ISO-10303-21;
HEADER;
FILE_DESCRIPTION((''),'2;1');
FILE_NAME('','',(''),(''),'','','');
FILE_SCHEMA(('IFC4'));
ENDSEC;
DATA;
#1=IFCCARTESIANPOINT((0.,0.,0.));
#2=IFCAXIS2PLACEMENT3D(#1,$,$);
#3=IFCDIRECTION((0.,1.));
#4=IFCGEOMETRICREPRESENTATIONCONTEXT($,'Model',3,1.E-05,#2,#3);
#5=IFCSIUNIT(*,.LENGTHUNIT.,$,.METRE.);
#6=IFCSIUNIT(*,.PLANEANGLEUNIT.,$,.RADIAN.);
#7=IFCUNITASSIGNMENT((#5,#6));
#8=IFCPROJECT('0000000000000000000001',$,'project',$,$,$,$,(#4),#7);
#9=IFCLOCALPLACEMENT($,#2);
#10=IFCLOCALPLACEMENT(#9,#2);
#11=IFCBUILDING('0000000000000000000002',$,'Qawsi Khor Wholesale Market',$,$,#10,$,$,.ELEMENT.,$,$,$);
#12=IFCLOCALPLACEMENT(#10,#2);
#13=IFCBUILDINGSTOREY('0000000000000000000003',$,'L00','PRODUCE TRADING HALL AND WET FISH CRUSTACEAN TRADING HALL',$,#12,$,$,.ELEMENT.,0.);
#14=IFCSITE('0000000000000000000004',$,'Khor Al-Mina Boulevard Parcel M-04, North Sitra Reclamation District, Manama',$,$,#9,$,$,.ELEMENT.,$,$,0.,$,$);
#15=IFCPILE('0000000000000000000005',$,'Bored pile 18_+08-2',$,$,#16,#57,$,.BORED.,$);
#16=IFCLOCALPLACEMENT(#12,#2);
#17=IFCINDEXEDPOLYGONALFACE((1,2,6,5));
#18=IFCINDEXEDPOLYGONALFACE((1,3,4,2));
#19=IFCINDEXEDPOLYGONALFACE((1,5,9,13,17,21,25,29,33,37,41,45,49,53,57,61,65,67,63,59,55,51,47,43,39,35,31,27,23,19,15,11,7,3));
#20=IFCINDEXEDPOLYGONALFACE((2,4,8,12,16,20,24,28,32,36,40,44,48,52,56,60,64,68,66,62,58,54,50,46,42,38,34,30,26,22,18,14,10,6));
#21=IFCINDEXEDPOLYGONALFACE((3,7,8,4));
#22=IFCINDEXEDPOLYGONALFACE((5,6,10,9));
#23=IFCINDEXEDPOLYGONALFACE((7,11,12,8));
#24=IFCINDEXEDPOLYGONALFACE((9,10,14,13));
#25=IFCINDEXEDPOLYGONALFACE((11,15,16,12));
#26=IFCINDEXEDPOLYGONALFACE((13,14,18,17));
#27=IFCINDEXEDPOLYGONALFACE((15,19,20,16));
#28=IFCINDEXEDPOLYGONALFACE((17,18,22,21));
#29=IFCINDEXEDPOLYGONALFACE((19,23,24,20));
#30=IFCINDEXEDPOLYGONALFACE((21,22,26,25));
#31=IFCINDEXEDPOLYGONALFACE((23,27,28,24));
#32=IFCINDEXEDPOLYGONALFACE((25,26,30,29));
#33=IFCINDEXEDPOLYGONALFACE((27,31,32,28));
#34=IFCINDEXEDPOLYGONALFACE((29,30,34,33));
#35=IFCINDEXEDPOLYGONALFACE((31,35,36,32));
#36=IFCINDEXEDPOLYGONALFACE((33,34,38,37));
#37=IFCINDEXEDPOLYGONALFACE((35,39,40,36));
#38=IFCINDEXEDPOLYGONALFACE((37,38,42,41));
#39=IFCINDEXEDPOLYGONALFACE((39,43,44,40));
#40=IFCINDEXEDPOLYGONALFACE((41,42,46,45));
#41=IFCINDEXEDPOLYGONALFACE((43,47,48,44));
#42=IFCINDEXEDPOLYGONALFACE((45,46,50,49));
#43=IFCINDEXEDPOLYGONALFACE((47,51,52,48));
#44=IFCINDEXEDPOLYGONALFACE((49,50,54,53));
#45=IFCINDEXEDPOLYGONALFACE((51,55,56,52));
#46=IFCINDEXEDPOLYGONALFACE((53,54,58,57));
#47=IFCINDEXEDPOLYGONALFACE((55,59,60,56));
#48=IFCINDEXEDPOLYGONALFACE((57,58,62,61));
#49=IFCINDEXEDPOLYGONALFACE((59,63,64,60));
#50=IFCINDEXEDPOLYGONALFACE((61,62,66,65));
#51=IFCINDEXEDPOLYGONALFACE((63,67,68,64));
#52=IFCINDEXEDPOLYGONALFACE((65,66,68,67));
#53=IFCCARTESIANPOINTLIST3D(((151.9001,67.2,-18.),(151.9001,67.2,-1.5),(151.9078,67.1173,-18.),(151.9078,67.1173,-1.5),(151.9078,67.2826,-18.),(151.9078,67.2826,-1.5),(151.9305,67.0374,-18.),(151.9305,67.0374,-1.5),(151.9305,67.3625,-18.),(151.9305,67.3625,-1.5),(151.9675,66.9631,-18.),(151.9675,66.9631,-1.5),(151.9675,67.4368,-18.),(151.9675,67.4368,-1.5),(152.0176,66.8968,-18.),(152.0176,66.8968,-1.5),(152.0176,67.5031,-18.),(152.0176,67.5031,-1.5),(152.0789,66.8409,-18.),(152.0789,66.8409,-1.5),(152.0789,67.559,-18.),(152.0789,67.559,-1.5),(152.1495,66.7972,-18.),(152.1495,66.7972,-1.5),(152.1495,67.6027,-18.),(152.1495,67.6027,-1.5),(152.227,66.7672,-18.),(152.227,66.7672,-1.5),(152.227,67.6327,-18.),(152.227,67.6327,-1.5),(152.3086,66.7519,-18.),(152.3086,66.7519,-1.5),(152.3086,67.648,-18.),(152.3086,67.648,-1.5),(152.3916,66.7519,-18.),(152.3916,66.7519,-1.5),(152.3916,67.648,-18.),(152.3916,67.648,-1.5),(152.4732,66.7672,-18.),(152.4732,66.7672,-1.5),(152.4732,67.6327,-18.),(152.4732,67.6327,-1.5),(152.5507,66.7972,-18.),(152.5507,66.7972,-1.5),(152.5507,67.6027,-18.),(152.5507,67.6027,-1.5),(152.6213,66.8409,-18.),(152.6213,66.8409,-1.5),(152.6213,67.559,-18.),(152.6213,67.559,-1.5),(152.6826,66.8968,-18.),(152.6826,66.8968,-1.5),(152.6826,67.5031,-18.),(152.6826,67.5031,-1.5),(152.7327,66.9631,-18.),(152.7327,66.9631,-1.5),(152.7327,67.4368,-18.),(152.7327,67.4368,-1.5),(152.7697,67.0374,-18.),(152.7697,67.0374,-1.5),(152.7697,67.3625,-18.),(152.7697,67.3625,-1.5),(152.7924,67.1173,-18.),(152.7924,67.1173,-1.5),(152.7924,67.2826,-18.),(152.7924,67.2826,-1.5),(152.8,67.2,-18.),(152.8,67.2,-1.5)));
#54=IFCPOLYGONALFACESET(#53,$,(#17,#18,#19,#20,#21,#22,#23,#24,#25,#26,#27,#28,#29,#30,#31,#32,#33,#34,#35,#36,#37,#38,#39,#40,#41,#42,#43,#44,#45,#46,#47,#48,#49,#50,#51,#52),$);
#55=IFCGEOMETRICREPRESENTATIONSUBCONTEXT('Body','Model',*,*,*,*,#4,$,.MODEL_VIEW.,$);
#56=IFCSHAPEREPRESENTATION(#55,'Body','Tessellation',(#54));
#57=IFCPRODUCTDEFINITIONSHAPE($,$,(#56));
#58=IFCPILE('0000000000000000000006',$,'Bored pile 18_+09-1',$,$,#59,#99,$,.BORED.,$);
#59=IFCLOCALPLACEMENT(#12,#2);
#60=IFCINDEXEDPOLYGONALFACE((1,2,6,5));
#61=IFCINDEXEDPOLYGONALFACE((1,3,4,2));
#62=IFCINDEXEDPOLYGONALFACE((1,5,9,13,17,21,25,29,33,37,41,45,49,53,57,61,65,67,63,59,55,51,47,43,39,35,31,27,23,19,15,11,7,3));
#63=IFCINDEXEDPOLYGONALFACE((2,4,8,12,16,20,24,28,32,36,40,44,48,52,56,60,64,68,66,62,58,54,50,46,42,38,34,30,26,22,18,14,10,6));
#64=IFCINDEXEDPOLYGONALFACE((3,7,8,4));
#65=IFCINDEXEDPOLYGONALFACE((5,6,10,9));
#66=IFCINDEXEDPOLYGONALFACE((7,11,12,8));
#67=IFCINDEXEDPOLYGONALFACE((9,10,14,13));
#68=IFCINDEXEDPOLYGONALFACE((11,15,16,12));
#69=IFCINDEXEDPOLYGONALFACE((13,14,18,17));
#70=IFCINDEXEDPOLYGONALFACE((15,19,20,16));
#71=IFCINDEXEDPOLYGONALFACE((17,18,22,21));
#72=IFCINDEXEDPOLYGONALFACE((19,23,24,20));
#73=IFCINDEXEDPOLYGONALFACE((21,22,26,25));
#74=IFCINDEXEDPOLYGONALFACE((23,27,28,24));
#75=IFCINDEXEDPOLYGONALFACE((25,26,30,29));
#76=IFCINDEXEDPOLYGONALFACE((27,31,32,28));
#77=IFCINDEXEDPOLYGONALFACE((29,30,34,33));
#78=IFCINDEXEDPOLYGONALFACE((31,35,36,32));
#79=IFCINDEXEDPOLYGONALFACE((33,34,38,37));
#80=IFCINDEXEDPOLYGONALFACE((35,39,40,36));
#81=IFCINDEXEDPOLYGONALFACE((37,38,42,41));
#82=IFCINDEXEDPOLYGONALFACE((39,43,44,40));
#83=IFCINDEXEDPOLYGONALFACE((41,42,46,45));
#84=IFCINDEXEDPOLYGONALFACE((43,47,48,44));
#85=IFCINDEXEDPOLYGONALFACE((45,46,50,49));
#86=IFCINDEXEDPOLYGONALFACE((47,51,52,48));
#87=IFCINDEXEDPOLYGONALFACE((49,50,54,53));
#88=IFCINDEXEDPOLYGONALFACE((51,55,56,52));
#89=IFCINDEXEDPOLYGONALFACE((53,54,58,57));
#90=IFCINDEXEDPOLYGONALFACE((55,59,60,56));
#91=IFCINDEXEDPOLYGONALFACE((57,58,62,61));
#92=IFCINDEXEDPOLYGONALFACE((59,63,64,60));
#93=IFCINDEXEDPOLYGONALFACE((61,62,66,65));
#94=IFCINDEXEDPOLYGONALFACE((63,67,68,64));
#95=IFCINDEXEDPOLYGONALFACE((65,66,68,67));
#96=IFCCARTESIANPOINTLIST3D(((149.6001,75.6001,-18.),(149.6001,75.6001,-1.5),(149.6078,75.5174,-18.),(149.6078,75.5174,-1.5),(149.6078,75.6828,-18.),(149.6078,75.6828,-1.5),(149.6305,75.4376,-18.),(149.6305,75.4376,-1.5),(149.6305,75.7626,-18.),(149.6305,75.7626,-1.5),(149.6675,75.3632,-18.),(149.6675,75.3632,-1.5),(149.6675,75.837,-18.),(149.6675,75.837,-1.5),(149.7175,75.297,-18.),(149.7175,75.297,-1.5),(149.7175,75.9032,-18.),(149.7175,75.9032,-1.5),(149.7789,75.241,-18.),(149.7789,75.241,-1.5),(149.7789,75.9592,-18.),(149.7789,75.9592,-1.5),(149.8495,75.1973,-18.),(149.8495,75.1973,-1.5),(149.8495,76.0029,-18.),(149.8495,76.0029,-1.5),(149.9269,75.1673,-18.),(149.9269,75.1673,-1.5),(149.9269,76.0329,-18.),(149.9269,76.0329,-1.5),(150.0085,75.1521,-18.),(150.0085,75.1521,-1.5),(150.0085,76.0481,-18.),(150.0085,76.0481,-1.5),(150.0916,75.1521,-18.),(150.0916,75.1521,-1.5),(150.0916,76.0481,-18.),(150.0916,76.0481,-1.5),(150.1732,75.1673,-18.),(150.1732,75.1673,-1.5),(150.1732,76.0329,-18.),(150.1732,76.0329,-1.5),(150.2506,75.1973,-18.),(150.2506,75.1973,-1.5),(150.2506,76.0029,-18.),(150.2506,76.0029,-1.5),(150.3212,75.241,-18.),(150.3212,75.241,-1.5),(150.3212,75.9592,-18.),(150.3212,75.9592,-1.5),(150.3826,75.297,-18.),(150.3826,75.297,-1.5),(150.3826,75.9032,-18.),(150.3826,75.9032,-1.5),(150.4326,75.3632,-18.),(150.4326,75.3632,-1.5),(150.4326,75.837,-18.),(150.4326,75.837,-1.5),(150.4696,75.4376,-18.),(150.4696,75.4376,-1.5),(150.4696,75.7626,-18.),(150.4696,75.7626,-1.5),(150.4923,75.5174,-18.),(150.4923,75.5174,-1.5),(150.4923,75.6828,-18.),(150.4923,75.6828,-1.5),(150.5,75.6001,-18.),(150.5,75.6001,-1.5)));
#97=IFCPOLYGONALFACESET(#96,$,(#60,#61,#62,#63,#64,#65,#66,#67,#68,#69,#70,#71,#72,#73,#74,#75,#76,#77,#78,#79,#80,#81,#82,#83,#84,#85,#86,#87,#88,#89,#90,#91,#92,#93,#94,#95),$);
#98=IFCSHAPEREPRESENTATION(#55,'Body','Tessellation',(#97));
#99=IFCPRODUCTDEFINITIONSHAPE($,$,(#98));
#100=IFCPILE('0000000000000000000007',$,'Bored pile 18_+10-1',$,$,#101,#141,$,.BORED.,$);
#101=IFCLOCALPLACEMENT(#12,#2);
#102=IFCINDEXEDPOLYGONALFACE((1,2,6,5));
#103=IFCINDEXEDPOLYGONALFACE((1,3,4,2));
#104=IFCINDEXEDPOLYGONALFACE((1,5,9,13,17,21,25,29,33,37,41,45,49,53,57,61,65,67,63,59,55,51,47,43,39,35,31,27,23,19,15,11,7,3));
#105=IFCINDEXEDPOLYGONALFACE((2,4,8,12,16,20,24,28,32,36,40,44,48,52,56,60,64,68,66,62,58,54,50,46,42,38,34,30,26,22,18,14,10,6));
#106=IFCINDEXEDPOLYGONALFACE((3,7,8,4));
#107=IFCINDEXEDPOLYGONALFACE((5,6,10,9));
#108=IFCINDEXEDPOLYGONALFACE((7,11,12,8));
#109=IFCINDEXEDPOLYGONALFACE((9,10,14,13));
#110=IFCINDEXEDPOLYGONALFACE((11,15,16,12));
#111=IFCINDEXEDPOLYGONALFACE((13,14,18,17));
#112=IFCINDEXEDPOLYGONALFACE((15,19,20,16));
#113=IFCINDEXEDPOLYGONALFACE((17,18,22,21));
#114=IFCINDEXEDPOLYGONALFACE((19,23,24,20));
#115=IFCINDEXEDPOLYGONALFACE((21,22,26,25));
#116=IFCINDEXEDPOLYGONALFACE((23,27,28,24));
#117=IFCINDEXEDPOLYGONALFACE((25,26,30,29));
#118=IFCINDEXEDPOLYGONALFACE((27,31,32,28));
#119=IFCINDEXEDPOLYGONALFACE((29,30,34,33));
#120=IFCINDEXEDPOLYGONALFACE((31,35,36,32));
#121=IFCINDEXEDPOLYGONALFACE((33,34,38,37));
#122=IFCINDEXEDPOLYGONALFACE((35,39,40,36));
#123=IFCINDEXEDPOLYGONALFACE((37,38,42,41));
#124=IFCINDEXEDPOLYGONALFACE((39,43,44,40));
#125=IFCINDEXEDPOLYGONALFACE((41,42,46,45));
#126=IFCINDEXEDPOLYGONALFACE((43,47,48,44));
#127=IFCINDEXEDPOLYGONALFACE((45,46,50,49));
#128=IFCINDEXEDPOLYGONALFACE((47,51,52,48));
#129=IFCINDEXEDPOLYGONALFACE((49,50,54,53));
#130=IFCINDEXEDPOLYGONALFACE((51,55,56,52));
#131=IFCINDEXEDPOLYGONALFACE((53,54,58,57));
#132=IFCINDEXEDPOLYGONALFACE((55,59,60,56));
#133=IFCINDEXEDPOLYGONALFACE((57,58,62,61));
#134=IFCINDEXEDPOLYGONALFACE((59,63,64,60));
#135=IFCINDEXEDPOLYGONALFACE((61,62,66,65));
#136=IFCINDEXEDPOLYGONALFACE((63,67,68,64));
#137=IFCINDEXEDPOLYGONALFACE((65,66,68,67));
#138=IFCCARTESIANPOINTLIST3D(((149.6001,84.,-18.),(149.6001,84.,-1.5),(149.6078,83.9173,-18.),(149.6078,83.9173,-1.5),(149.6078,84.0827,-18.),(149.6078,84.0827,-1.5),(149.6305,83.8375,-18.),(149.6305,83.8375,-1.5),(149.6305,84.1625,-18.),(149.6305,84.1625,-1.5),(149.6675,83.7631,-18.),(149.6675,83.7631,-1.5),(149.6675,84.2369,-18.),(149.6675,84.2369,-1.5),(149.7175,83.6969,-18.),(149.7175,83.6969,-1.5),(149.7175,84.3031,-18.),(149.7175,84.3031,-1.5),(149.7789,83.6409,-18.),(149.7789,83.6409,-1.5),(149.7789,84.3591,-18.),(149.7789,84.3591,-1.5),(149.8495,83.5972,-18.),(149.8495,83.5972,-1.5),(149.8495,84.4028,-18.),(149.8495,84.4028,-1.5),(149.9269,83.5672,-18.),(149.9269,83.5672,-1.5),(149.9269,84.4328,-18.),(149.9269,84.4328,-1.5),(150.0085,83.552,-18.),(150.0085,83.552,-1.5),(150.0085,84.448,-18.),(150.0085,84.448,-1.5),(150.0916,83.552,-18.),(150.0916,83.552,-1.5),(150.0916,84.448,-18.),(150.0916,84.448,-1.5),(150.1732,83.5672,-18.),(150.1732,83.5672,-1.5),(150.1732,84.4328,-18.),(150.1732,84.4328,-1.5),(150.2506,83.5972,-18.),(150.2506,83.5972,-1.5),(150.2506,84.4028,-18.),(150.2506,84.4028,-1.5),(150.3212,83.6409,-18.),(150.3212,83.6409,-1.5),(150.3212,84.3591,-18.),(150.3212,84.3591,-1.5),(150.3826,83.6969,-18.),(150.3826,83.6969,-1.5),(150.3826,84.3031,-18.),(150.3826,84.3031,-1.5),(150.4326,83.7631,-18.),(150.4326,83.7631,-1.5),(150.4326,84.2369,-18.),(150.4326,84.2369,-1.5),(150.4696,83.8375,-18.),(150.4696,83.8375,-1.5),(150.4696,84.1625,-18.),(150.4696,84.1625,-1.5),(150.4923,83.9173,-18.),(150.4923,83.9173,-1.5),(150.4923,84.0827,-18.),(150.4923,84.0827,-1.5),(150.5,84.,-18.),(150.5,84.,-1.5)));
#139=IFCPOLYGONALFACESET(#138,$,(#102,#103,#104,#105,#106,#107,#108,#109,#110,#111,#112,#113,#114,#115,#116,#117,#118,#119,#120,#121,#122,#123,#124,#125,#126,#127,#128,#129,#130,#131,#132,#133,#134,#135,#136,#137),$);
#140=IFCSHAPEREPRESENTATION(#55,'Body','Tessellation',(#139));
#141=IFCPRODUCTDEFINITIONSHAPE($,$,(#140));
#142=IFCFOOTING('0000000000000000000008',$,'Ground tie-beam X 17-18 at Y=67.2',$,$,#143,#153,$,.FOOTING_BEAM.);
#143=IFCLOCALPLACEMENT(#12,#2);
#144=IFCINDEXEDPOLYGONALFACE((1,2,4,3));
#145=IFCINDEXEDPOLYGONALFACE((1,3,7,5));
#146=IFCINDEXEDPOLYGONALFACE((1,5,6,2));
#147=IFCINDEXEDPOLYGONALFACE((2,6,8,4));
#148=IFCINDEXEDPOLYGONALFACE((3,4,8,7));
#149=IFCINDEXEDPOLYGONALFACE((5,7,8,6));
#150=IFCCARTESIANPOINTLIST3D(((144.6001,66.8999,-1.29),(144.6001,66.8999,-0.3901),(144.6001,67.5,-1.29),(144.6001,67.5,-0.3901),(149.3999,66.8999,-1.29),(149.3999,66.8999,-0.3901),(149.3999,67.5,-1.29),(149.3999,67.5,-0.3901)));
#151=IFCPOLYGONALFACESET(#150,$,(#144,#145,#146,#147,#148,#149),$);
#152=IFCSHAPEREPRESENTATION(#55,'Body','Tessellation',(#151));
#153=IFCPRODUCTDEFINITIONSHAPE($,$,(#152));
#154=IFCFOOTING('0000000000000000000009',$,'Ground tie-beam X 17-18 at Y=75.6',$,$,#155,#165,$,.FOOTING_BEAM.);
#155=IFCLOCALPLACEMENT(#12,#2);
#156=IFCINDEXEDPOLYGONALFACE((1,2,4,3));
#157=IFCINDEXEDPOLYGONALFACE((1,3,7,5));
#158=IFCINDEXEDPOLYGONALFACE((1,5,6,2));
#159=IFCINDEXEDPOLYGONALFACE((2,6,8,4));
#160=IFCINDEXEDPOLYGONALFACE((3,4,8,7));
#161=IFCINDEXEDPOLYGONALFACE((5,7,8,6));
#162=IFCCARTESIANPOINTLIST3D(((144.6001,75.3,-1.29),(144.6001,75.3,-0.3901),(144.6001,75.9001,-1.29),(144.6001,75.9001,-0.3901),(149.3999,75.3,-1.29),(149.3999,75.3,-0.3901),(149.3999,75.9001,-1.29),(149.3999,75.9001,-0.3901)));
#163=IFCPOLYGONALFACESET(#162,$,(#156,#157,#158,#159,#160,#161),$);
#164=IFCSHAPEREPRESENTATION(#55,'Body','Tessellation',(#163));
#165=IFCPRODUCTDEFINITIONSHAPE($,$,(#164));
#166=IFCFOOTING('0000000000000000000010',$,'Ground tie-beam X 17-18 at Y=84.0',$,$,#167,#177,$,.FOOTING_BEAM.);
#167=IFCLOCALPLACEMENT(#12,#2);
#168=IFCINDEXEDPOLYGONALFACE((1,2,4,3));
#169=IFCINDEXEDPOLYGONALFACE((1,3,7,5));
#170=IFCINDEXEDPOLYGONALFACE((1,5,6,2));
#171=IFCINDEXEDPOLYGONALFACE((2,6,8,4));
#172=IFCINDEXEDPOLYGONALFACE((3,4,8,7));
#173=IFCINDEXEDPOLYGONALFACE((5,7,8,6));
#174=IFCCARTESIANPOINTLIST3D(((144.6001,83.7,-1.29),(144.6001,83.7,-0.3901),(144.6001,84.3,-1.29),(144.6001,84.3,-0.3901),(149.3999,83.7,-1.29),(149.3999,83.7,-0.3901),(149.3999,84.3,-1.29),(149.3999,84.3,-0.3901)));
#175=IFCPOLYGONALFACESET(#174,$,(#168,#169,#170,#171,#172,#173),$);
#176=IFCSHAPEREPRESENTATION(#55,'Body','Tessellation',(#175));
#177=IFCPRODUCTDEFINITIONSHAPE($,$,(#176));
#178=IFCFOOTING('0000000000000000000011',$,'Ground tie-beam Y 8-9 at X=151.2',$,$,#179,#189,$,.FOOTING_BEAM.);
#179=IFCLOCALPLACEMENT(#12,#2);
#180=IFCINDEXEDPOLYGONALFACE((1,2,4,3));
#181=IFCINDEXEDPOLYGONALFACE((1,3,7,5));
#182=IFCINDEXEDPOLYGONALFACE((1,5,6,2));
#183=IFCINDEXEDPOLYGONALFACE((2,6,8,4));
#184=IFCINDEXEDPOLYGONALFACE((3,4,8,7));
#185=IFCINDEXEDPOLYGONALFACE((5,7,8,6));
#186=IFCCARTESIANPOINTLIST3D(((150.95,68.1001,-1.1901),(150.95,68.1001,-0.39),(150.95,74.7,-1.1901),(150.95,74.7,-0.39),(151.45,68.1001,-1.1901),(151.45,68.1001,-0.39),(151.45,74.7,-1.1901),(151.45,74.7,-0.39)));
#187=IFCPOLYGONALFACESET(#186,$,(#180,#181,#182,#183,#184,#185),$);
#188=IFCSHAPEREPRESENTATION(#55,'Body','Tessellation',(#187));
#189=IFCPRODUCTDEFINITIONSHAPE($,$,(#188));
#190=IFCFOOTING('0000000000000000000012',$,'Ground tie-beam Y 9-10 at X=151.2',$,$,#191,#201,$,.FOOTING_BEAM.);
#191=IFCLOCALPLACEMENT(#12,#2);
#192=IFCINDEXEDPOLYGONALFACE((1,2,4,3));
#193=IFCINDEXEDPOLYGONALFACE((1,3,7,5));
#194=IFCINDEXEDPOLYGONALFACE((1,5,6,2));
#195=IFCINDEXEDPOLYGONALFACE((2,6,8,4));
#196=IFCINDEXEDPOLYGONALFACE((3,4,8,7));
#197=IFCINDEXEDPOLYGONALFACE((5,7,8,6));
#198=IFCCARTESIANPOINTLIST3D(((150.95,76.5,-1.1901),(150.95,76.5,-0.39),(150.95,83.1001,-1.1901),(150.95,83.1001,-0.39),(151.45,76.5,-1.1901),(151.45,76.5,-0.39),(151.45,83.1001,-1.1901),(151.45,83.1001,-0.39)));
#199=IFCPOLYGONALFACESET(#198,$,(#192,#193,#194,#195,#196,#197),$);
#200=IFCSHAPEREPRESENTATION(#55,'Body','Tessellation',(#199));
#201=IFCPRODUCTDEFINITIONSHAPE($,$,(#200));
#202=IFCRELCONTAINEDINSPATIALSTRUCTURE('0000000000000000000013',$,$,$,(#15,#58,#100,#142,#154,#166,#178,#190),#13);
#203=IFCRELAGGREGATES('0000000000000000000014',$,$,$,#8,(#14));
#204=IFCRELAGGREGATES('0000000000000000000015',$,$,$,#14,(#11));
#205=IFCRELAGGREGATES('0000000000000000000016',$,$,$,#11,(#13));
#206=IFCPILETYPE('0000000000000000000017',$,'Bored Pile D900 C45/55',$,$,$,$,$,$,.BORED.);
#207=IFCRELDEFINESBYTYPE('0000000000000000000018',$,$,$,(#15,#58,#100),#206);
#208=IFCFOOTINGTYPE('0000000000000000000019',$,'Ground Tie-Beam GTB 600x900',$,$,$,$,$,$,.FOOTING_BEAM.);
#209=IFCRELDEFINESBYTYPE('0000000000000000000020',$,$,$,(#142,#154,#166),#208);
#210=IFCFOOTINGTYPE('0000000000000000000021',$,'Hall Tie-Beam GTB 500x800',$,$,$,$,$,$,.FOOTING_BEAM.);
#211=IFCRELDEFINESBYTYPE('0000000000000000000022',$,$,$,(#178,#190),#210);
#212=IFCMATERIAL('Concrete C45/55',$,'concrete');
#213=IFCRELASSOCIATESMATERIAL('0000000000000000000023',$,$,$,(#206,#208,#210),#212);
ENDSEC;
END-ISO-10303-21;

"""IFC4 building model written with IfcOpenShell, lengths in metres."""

from ifc_helpers import new_model, si_unit, direction, frame, origin, origin_2d, place, context, subcontext, project, spatial, rectangle, circle, extrude, material, material_profile, profile_set, type_object, element, save


model = new_model("IFC4")

# Units and contexts
model_context = context("Model", 3, precision=1e-05, world=origin(), true_north=direction((0.0, 1.0)))
body_context = subcontext(model_context, "Body", "Model", "MODEL_VIEW")
ifc_project = project(units=[si_unit("LENGTHUNIT", "METRE"), si_unit("PLANEANGLEUNIT", "RADIAN")], contexts=[model_context])

# Site, building, storey
site_placement = place(None, origin())
site = spatial("IfcSite", under=ifc_project, at=site_placement, Name="Khor Al-Mina Boulevard Parcel M-04, North Sitra Reclamation District, Manama", CompositionType="ELEMENT", RefElevation=0.0)
building_placement = place(site_placement, origin())
building = spatial("IfcBuilding", under=site, at=building_placement, Name="Qawsi Khor Wholesale Market", CompositionType="ELEMENT")
storey_placement = place(building_placement, origin())
storey = spatial("IfcBuildingStorey", under=building, at=storey_placement, Name="L00", Description="PRODUCE TRADING HALL AND WET FISH CRUSTACEAN TRADING HALL", CompositionType="ELEMENT", Elevation=0.0)

# Piles
ifc_material_1 = material(Name="Concrete C45/55", Category="concrete")
ifc_material_profile_1 = material_profile(ifc_material_1, circle(Radius=0.45, at=origin_2d()), Name="PILE D900")
ifc_profile_set_1 = profile_set([ifc_material_profile_1], Name="Concrete C45/55")
pile_type = type_object("IfcPileType", Name="Bored Pile D900 C45/55", PredefinedType="BORED", material=ifc_profile_set_1)
for number, where, z_axis, x_axis, name in (
    (1, (152.3501, 67.2, -1.5), (0.0, 0.0, -1.0), (1.0, 0.0, 0.0), "Bored pile 18_+08-2"),
    (2, (150.05, 75.6001, -1.5), (0.0, 0.0, -1.0), (1.0, 0.0, 0.0), "Bored pile 18_+09-1"),
    (3, (150.05, 84.0, -1.5), (0.0, 0.0, -1.0), (1.0, 0.0, 0.0), "Bored pile 18_+10-1"),
):
    element("IfcPile", number, at=place(storey_placement, frame(where, z_axis=z_axis, x_axis=x_axis)), inside=storey, type_object=pile_type, Name=name, PredefinedType="BORED", context=body_context, shape_type="SweptSolid", body=[
        extrude(circle(Radius=0.45, at=origin_2d()), origin(), (0.0, 0.0, 1.0), 16.5),
    ])

# Footings
ifc_material_profile_2 = material_profile(ifc_material_1, rectangle(XDim=0.6001, YDim=0.8999, at=origin_2d()), Name="RC 600x900")
ifc_profile_set_2 = profile_set([ifc_material_profile_2], Name="Concrete C45/55")
footing_type_1 = type_object("IfcFootingType", Name="Ground Tie-Beam GTB 600x900", PredefinedType="FOOTING_BEAM", material=ifc_profile_set_2)
for number, where, z_axis, x_axis, name in (
    (4, (144.6001, 67.2, -0.8401), (1.0, 0.0, 0.0), (0.0, 1.0, 0.0), "Ground tie-beam X 17-18 at Y=67.2"),
    (5, (144.6001, 75.6001, -0.8401), (1.0, 0.0, 0.0), (0.0, 1.0, 0.0), "Ground tie-beam X 17-18 at Y=75.6"),
    (6, (144.6001, 84.0, -0.8401), (1.0, 0.0, 0.0), (0.0, 1.0, 0.0), "Ground tie-beam X 17-18 at Y=84.0"),
):
    element("IfcFooting", number, at=place(storey_placement, frame(where, z_axis=z_axis, x_axis=x_axis)), inside=storey, type_object=footing_type_1, Name=name, PredefinedType="FOOTING_BEAM", context=body_context, shape_type="SweptSolid", body=[
        extrude(rectangle(XDim=0.6001, YDim=0.8999, at=origin_2d()), origin(), (0.0, 0.0, 1.0), 4.7998),
    ])
ifc_material_profile_3 = material_profile(ifc_material_1, rectangle(XDim=0.5, YDim=0.8, at=origin_2d()), Name="RC 500x800")
ifc_profile_set_3 = profile_set([ifc_material_profile_3], Name="Concrete C45/55")
footing_type_2 = type_object("IfcFootingType", Name="Hall Tie-Beam GTB 500x800", PredefinedType="FOOTING_BEAM", material=ifc_profile_set_3)
footing_1_placement = place(storey_placement, frame((151.2, 68.1001, -0.79), z_axis=(0.0, 1.0, 0.0), x_axis=(-1.0, 0.0, 0.0)))
element("IfcFooting", 7, at=footing_1_placement, inside=storey, type_object=footing_type_2, Name="Ground tie-beam Y 8-9 at X=151.2", PredefinedType="FOOTING_BEAM", context=body_context, shape_type="SweptSolid", body=[
    extrude(rectangle(XDim=0.5, YDim=0.8, at=origin_2d()), origin(), (0.0, 0.0, 1.0), 6.5999),
])
footing_2_placement = place(storey_placement, frame((151.2, 76.5, -0.79), z_axis=(0.0, 1.0, 0.0), x_axis=(-1.0, 0.0, 0.0)))
element("IfcFooting", 8, at=footing_2_placement, inside=storey, type_object=footing_type_2, Name="Ground tie-beam Y 9-10 at X=151.2", PredefinedType="FOOTING_BEAM", context=body_context, shape_type="SweptSolid", body=[
    extrude(rectangle(XDim=0.5, YDim=0.8, at=origin_2d()), origin(), (0.0, 0.0, 1.0), 6.6001),
])

save(model, "model.ifc")
